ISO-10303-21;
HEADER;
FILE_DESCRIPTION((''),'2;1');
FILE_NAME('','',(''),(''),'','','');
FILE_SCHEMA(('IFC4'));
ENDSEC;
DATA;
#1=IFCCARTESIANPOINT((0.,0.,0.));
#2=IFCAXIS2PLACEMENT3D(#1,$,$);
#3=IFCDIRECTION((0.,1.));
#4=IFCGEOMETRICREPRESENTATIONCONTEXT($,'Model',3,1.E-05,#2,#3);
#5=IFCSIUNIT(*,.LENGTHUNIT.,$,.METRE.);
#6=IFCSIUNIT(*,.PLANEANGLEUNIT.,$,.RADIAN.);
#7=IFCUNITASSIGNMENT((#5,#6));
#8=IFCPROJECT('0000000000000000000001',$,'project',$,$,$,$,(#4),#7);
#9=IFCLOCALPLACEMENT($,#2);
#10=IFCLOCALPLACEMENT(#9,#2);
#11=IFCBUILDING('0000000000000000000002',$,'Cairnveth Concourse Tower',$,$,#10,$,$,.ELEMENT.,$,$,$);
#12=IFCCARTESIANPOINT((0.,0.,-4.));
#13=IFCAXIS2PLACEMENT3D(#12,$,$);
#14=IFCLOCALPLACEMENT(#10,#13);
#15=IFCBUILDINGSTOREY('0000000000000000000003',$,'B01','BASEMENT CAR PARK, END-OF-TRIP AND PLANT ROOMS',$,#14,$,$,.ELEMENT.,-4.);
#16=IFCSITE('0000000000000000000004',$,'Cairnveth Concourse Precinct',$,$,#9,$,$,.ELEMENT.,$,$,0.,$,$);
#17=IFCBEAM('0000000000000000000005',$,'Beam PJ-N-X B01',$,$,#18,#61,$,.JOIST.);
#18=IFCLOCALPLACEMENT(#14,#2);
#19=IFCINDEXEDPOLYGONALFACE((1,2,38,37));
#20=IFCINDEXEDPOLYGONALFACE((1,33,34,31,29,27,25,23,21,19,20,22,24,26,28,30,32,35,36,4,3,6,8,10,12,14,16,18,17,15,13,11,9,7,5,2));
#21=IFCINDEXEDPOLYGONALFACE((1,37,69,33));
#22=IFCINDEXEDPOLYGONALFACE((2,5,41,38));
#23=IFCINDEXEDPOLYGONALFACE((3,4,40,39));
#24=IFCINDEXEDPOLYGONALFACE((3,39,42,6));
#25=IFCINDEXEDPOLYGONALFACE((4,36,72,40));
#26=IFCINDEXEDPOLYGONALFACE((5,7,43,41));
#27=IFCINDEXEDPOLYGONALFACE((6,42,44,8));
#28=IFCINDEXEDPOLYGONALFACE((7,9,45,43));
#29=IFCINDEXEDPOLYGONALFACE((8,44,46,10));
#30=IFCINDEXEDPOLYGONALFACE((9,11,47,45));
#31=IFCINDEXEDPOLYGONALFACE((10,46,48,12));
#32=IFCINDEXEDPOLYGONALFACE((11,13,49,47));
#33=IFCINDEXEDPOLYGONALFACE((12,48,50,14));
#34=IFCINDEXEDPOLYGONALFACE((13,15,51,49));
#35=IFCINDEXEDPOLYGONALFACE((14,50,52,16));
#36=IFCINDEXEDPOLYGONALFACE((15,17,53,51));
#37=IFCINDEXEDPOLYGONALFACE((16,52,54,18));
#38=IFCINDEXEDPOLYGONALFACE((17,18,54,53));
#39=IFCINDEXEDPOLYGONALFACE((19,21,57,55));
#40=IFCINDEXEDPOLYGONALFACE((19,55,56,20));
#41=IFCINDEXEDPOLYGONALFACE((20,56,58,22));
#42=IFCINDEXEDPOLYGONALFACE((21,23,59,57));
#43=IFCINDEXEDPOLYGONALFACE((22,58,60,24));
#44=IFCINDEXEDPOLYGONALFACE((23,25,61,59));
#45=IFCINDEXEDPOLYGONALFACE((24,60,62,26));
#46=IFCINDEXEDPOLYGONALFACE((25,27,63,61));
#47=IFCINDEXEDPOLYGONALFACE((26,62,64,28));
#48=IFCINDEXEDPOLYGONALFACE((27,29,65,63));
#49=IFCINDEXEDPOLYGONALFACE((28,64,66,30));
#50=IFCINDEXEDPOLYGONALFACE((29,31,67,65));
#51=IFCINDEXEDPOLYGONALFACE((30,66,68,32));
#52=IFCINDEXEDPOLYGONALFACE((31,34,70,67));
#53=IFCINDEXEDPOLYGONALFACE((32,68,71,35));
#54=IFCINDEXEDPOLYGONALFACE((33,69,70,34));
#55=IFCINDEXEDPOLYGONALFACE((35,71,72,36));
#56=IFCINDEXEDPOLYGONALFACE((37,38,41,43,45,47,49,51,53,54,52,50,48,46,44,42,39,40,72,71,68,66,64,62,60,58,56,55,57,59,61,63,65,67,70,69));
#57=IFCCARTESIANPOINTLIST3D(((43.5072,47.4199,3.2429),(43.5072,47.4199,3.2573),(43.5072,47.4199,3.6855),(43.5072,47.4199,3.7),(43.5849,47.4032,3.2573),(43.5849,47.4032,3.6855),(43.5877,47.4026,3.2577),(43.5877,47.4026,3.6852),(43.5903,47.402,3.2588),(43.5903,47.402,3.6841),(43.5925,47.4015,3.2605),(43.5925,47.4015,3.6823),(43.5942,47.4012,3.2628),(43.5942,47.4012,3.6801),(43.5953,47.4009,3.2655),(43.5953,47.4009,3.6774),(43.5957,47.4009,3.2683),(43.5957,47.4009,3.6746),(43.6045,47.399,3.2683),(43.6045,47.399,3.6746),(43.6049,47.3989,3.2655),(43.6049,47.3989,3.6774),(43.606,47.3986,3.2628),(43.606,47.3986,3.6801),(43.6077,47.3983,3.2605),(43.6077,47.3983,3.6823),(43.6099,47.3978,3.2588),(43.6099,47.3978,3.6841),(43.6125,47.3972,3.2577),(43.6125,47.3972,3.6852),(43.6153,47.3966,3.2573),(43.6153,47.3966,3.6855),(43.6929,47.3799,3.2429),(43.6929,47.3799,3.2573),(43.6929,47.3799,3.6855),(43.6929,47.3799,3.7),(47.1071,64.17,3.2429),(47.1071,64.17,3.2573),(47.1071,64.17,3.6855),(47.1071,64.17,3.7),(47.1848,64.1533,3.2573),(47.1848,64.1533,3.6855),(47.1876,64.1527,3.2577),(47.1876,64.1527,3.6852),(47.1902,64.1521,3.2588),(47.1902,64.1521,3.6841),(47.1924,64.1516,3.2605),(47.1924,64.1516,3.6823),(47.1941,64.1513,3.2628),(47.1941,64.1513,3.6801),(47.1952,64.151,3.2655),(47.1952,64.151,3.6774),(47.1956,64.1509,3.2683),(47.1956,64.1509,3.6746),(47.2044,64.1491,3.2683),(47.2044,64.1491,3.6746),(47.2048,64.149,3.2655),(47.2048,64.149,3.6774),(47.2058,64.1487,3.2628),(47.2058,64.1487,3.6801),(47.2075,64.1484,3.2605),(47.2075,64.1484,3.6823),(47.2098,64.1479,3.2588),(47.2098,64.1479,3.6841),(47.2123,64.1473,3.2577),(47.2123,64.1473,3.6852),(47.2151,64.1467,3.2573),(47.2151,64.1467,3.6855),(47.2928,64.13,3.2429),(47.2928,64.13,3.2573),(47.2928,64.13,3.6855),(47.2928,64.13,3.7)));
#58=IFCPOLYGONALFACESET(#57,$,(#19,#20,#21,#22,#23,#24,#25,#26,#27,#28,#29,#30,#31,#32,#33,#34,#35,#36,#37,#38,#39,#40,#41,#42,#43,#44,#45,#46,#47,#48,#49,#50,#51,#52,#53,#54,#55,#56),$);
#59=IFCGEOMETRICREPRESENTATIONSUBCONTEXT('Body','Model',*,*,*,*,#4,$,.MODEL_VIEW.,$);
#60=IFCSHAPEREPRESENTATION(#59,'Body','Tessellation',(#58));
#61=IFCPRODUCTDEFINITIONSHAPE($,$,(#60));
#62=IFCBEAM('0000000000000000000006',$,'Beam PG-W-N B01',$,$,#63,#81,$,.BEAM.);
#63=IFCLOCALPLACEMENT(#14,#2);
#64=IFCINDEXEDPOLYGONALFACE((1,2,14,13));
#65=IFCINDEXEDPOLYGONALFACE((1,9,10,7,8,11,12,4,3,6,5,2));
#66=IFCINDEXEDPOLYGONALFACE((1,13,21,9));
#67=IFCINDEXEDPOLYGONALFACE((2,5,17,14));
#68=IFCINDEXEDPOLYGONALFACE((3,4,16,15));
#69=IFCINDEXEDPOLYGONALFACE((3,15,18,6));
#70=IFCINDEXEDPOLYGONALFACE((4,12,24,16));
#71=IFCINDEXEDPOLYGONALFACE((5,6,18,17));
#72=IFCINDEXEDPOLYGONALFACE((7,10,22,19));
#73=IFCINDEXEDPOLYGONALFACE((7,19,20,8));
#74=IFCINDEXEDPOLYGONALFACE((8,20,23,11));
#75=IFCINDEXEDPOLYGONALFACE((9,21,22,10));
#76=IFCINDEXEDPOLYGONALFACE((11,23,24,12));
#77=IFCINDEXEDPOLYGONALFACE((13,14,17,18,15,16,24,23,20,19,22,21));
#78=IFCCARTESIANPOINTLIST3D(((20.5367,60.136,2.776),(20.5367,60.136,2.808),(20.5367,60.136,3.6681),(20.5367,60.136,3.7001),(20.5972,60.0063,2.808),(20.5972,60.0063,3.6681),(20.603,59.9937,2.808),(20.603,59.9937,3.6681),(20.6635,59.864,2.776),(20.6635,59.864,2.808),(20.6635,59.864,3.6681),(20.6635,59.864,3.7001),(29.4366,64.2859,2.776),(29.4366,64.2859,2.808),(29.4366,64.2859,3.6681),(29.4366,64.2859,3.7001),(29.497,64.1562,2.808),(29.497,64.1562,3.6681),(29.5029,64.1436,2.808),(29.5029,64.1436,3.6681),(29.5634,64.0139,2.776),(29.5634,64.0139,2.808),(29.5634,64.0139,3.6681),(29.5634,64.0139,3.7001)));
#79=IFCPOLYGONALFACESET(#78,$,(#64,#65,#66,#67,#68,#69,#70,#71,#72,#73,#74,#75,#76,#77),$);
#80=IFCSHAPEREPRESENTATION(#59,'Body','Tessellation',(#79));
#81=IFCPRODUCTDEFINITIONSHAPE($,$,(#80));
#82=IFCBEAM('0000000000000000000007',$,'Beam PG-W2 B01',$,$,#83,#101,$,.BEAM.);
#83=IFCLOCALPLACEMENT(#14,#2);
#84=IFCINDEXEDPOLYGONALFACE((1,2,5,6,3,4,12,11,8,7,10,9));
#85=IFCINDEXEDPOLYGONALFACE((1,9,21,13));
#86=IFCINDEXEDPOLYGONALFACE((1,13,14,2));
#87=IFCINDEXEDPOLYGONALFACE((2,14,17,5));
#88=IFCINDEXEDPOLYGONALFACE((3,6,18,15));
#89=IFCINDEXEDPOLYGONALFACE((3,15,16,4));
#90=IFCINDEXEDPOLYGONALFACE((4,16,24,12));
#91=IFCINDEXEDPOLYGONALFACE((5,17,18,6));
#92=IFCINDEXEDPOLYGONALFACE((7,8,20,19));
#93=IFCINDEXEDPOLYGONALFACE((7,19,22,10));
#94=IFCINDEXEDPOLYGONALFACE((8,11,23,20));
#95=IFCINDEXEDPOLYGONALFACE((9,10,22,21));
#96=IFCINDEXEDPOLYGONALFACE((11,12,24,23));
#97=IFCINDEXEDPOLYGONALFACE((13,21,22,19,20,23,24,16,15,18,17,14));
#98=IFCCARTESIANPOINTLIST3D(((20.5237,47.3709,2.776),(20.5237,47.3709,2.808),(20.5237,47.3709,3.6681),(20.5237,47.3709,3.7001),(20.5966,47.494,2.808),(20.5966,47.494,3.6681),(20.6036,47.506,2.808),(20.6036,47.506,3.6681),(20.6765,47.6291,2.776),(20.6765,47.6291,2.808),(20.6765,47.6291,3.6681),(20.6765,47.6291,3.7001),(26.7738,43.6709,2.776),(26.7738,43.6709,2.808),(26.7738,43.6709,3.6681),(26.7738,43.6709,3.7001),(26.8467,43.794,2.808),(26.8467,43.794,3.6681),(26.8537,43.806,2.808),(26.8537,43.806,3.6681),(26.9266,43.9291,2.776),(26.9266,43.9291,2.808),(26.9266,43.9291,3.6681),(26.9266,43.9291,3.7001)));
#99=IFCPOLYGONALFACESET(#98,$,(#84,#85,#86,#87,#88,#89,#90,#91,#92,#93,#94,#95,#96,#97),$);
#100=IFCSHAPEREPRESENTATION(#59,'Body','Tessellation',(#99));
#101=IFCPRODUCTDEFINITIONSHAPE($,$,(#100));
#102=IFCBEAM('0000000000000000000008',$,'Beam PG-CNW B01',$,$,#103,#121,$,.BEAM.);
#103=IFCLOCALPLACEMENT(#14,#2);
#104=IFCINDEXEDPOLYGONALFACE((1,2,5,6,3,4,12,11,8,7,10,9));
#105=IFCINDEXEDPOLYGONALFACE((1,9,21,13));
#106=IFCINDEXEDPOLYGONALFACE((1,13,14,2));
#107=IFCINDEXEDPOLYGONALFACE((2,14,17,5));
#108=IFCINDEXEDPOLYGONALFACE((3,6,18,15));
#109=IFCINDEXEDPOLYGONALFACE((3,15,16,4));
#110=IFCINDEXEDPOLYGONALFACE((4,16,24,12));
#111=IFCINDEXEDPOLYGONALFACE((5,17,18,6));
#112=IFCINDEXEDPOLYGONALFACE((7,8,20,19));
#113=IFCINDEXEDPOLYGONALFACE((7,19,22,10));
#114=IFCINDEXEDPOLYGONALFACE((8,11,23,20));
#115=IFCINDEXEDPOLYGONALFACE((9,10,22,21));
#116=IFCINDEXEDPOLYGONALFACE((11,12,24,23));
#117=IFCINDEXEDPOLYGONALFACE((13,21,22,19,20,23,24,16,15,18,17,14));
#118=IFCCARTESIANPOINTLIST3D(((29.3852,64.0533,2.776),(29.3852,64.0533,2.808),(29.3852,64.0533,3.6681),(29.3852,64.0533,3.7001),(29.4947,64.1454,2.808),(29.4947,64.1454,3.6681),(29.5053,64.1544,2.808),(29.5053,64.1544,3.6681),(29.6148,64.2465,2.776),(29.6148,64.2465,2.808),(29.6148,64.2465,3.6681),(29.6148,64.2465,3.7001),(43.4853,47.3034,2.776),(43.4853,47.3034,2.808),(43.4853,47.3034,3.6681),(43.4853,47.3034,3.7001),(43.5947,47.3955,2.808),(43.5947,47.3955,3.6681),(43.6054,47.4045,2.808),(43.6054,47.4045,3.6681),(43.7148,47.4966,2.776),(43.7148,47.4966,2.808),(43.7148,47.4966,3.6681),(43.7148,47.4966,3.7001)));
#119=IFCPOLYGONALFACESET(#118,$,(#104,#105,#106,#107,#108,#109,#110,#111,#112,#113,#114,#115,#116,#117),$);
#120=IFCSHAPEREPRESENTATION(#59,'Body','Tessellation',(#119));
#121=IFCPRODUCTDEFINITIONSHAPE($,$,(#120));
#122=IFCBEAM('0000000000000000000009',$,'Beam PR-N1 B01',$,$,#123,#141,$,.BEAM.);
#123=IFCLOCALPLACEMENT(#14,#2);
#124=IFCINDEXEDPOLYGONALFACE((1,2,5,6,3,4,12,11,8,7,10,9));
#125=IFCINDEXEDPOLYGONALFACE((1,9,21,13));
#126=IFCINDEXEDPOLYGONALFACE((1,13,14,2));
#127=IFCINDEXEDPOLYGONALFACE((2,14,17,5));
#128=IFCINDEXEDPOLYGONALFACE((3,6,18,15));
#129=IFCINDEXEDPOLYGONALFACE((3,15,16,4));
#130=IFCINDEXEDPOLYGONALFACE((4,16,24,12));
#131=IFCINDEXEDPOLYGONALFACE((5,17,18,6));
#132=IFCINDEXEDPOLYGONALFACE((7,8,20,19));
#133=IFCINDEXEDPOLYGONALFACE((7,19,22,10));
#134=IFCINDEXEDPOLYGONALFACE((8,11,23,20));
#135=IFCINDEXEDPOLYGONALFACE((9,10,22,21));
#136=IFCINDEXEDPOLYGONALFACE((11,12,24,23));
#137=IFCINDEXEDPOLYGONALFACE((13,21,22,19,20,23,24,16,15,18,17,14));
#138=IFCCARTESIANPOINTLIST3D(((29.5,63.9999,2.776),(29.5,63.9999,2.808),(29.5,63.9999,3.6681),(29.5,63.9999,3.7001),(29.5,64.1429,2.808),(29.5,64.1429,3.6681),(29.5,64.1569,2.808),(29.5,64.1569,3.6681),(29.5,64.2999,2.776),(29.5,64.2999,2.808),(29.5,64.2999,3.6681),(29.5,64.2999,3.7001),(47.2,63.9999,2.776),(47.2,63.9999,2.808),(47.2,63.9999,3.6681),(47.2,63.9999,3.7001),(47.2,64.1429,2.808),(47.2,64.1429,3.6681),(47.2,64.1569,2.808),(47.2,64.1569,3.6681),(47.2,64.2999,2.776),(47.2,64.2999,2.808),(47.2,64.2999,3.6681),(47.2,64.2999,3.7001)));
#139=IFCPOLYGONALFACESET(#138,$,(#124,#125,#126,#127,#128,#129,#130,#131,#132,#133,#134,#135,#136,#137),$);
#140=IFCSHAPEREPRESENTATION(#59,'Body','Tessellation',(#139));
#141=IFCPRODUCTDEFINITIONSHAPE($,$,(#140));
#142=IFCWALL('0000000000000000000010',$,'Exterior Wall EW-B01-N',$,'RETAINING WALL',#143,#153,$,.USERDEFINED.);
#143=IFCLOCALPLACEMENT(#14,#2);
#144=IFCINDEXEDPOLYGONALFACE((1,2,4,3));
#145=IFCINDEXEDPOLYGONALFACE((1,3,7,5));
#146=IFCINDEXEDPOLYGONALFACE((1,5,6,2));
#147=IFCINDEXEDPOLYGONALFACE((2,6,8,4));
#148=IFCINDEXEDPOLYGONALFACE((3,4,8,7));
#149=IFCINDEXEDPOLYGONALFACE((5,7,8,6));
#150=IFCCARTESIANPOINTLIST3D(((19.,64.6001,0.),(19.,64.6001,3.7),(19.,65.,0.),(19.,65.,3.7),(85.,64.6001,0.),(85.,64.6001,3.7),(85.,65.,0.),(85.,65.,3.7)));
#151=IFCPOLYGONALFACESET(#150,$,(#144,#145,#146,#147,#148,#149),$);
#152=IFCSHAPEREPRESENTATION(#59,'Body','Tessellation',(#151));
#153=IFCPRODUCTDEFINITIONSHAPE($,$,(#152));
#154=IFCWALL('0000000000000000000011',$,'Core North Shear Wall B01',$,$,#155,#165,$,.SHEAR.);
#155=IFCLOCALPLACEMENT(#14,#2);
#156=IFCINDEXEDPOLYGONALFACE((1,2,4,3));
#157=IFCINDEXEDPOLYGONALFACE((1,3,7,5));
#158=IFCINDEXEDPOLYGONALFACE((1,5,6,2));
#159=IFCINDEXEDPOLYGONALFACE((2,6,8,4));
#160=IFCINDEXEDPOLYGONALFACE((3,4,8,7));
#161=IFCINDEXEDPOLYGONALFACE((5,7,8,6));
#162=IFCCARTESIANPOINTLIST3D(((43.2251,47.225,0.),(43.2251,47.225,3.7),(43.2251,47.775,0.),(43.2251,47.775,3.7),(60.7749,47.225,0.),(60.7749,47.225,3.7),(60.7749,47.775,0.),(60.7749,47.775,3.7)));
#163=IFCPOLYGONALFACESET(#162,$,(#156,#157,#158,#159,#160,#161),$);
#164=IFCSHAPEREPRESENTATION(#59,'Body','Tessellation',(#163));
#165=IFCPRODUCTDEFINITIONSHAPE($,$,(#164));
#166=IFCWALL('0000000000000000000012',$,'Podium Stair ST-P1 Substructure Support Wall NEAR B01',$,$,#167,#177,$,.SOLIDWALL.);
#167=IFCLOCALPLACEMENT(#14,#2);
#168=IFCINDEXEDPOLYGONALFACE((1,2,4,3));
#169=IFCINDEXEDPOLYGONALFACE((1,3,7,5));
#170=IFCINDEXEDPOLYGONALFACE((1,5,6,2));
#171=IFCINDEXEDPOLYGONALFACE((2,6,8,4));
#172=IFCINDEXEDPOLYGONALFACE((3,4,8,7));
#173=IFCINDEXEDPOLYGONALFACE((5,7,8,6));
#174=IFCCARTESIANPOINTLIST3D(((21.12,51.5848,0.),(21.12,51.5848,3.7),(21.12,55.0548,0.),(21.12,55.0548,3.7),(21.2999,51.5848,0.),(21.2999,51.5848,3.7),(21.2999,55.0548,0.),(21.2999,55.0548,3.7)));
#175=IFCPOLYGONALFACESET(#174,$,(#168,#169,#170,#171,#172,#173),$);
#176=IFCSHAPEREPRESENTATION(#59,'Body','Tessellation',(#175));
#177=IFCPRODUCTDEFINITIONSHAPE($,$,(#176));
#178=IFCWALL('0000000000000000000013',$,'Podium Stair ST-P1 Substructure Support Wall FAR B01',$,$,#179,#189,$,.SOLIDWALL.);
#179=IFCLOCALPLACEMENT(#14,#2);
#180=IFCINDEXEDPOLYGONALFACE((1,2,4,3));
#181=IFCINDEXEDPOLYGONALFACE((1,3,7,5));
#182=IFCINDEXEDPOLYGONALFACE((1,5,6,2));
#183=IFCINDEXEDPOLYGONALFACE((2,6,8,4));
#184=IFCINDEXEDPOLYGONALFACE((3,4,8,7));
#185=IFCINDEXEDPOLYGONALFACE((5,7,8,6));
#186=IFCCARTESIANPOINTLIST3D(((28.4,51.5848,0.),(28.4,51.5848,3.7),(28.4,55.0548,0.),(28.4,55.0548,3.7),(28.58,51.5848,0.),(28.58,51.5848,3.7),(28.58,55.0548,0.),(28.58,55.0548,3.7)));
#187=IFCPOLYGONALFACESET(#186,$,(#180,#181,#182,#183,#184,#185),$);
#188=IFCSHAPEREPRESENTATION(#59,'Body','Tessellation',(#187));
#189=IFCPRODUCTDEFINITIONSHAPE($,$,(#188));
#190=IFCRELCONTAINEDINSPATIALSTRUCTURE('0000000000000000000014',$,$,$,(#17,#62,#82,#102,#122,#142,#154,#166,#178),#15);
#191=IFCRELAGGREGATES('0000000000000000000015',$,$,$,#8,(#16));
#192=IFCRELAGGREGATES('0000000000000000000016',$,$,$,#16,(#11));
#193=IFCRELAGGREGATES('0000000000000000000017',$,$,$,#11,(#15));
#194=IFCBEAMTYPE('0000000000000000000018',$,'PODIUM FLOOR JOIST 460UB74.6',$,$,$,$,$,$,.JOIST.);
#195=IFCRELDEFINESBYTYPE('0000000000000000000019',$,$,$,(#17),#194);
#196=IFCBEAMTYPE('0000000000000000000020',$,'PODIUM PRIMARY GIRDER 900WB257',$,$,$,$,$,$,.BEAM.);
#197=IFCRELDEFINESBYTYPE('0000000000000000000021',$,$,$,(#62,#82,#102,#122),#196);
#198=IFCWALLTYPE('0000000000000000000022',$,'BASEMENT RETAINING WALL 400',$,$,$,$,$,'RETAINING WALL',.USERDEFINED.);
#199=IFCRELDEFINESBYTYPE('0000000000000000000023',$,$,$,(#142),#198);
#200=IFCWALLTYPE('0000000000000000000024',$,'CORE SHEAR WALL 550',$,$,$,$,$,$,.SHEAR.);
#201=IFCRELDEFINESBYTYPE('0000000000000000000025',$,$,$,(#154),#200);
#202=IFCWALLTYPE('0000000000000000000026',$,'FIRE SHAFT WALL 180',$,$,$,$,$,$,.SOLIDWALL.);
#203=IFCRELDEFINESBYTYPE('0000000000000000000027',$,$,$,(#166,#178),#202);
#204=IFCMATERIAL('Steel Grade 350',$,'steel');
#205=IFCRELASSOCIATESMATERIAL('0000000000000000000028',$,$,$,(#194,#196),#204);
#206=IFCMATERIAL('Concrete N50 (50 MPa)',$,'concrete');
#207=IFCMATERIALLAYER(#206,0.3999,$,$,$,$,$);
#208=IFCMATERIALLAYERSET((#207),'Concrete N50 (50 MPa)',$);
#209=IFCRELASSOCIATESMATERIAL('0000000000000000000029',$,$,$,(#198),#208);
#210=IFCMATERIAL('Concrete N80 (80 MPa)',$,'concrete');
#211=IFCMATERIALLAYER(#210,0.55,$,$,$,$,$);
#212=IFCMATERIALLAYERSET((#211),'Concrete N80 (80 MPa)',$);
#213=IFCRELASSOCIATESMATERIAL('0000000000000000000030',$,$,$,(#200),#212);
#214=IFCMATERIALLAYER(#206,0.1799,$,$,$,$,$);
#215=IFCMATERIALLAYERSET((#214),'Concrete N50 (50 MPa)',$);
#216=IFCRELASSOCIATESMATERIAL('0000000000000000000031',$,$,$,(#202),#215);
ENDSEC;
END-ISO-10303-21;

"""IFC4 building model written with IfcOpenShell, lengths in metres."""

from ifc_helpers import new_model, si_unit, direction, frame, frame_2d, origin, origin_2d, place, context, subcontext, project, spatial, rectangle, i_section, extrude, material, layer, layer_set, material_profile, profile_set, type_object, element, save


model = new_model("IFC4")

# Units and contexts
model_context = context("Model", 3, precision=1e-05, world=origin(), true_north=direction((0.0, 1.0)))
body_context = subcontext(model_context, "Body", "Model", "MODEL_VIEW")
ifc_project = project(units=[si_unit("LENGTHUNIT", "METRE"), si_unit("PLANEANGLEUNIT", "RADIAN")], contexts=[model_context])

# Site, building, storey
site_placement = place(None, origin())
site = spatial("IfcSite", under=ifc_project, at=site_placement, Name="Cairnveth Concourse Precinct", CompositionType="ELEMENT", RefElevation=0.0)
building_placement = place(site_placement, origin())
building = spatial("IfcBuilding", under=site, at=building_placement, Name="Cairnveth Concourse Tower", CompositionType="ELEMENT")
storey_placement = place(building_placement, frame((0.0, 0.0, -4.0)))
storey = spatial("IfcBuildingStorey", under=building, at=storey_placement, Name="B01", Description="BASEMENT CAR PARK, END-OF-TRIP AND PLANT ROOMS", CompositionType="ELEMENT", Elevation=-4.0)

# Shared definitions
ifc_material_1 = material(Name="Concrete N80 (80 MPa)", Category="concrete")

# Beams
ifc_material_2 = material(Name="Steel Grade 350", Category="steel")
ifc_material_profile_1 = material_profile(ifc_material_2, i_section(OverallWidth=0.1899, OverallDepth=0.457, WebThickness=0.009, FlangeThickness=0.0144, FilletRadius=0.011, at=origin_2d()), Name="460UB74.6")
ifc_profile_set_1 = profile_set([ifc_material_profile_1], Name="Steel Grade 350")
beam_type_1 = type_object("IfcBeamType", Name="PODIUM FLOOR JOIST 460UB74.6", PredefinedType="JOIST", material=ifc_profile_set_1)
beam_1_placement = place(storey_placement, frame((43.6001, 47.3999, 3.4714), z_axis=(0.210119, 0.977676, 0.0), x_axis=(-0.977676, 0.210119, 0.0)))
element("IfcBeam", 1, at=beam_1_placement, inside=storey, type_object=beam_type_1, Name="Beam PJ-N-X B01", PredefinedType="JOIST", context=body_context, shape_type="SweptSolid", body=[
    extrude(i_section(OverallWidth=0.1899, OverallDepth=0.457, WebThickness=0.009, FlangeThickness=0.0144, FilletRadius=0.011, at=origin_2d()), origin(), (0.0, 0.0, 1.0), 17.1326),
])
ifc_material_profile_2 = material_profile(ifc_material_2, i_section(OverallWidth=0.3, OverallDepth=0.9241, WebThickness=0.0139, FlangeThickness=0.032, at=origin_2d()), Name="900WB257")
ifc_profile_set_2 = profile_set([ifc_material_profile_2], Name="Steel Grade 350")
beam_type_2 = type_object("IfcBeamType", Name="PODIUM PRIMARY GIRDER 900WB257", PredefinedType="BEAM", material=ifc_profile_set_2)
beam_2_placement = place(storey_placement, frame((20.6001, 60.0, 3.238), z_axis=(0.906315, 0.422602, 0.0), x_axis=(-0.422602, 0.906315, 0.0)))
element("IfcBeam", 2, at=beam_2_placement, inside=storey, type_object=beam_type_2, Name="Beam PG-W-N B01", PredefinedType="BEAM", context=body_context, shape_type="SweptSolid", body=[
    extrude(i_section(OverallWidth=0.3, OverallDepth=0.9241, WebThickness=0.0139, FlangeThickness=0.032, at=origin_2d()), origin(), (0.0, 0.0, 1.0), 9.8198),
])
beam_3_placement = place(storey_placement, frame((20.6001, 47.5, 3.238), z_axis=(0.860518, -0.50942, 0.0), x_axis=(0.50942, 0.860518, 0.0)))
element("IfcBeam", 3, at=beam_3_placement, inside=storey, type_object=beam_type_2, Name="Beam PG-W2 B01", PredefinedType="BEAM", context=body_context, shape_type="SweptSolid", body=[
    extrude(i_section(OverallWidth=0.3, OverallDepth=0.9241, WebThickness=0.0139, FlangeThickness=0.032, at=origin_2d()), origin(), (0.0, 0.0, 1.0), 7.2632),
])
beam_4_placement = place(storey_placement, frame((29.5, 64.1499, 3.238), z_axis=(0.643998, -0.765027, 0.0), x_axis=(0.765027, 0.643998, 0.0)))
element("IfcBeam", 4, at=beam_4_placement, inside=storey, type_object=beam_type_2, Name="Beam PG-CNW B01", PredefinedType="BEAM", context=body_context, shape_type="SweptSolid", body=[
    extrude(i_section(OverallWidth=0.3, OverallDepth=0.9241, WebThickness=0.0139, FlangeThickness=0.032, at=origin_2d()), origin(), (0.0, 0.0, 1.0), 21.8945),
])
beam_5_placement = place(storey_placement, frame((29.5, 64.1499, 3.238), z_axis=(1.0, 0.0, 0.0), x_axis=(0.0, 1.0, 0.0)))
element("IfcBeam", 5, at=beam_5_placement, inside=storey, type_object=beam_type_2, Name="Beam PR-N1 B01", PredefinedType="BEAM", context=body_context, shape_type="SweptSolid", body=[
    extrude(i_section(OverallWidth=0.3, OverallDepth=0.9241, WebThickness=0.0139, FlangeThickness=0.032, at=origin_2d()), origin(), (0.0, 0.0, 1.0), 17.7),
])

# Walls
ifc_material_3 = material(Name="Concrete N50 (50 MPa)", Category="concrete")
ifc_layer_1 = layer(ifc_material_3, 0.3999)
ifc_layer_set_1 = layer_set([ifc_layer_1], Name="Concrete N50 (50 MPa)")
wall_type_1 = type_object("IfcWallType", Name="BASEMENT RETAINING WALL 400", ElementType="RETAINING WALL", PredefinedType="USERDEFINED", material=ifc_layer_set_1)
wall_1_placement = place(storey_placement, frame((19.0, 64.8, 0.0), z_axis=(0.0, 0.0, 1.0), x_axis=(1.0, 0.0, 0.0)))
element("IfcWall", 6, at=wall_1_placement, inside=storey, type_object=wall_type_1, Name="Exterior Wall EW-B01-N", ObjectType="RETAINING WALL", PredefinedType="USERDEFINED", context=body_context, shape_type="SweptSolid", body=[
    extrude(rectangle(XDim=66.0, YDim=0.3999, at=frame_2d((33.0, 0.0))), origin(), (0.0, 0.0, 1.0), 3.7),
])
ifc_layer_2 = layer(ifc_material_1, 0.55)
ifc_layer_set_2 = layer_set([ifc_layer_2], Name="Concrete N80 (80 MPa)")
wall_type_2 = type_object("IfcWallType", Name="CORE SHEAR WALL 550", PredefinedType="SHEAR", material=ifc_layer_set_2)
wall_2_placement = place(storey_placement, frame((43.2251, 47.5, 0.0), z_axis=(0.0, 0.0, 1.0), x_axis=(1.0, 0.0, 0.0)))
element("IfcWall", 7, at=wall_2_placement, inside=storey, type_object=wall_type_2, Name="Core North Shear Wall B01", PredefinedType="SHEAR", context=body_context, shape_type="SweptSolid", body=[
    extrude(rectangle(XDim=17.5498, YDim=0.55, at=frame_2d((8.7749, 0.0))), origin(), (0.0, 0.0, 1.0), 3.7),
])
ifc_layer_3 = layer(ifc_material_3, 0.1799)
ifc_layer_set_3 = layer_set([ifc_layer_3], Name="Concrete N50 (50 MPa)")
wall_type_3 = type_object("IfcWallType", Name="FIRE SHAFT WALL 180", PredefinedType="SOLIDWALL", material=ifc_layer_set_3)
for number, where, z_axis, x_axis, name in (
    (8, (21.21, 51.585, 0.0), (0.0, 0.0, 1.0), (0.0, 1.0, 0.0), "Podium Stair ST-P1 Substructure Support Wall NEAR B01"),
    (9, (28.49, 51.585, 0.0), (0.0, 0.0, 1.0), (0.0, 1.0, 0.0), "Podium Stair ST-P1 Substructure Support Wall FAR B01"),
):
    element("IfcWall", number, at=place(storey_placement, frame(where, z_axis=z_axis, x_axis=x_axis)), inside=storey, type_object=wall_type_3, Name=name, PredefinedType="SOLIDWALL", context=body_context, shape_type="SweptSolid", body=[
        extrude(rectangle(XDim=3.47, YDim=0.1799, at=frame_2d((1.7349, 0.0))), origin(), (0.0, 0.0, 1.0), 3.7),
    ])

save(model, "model.ifc")
